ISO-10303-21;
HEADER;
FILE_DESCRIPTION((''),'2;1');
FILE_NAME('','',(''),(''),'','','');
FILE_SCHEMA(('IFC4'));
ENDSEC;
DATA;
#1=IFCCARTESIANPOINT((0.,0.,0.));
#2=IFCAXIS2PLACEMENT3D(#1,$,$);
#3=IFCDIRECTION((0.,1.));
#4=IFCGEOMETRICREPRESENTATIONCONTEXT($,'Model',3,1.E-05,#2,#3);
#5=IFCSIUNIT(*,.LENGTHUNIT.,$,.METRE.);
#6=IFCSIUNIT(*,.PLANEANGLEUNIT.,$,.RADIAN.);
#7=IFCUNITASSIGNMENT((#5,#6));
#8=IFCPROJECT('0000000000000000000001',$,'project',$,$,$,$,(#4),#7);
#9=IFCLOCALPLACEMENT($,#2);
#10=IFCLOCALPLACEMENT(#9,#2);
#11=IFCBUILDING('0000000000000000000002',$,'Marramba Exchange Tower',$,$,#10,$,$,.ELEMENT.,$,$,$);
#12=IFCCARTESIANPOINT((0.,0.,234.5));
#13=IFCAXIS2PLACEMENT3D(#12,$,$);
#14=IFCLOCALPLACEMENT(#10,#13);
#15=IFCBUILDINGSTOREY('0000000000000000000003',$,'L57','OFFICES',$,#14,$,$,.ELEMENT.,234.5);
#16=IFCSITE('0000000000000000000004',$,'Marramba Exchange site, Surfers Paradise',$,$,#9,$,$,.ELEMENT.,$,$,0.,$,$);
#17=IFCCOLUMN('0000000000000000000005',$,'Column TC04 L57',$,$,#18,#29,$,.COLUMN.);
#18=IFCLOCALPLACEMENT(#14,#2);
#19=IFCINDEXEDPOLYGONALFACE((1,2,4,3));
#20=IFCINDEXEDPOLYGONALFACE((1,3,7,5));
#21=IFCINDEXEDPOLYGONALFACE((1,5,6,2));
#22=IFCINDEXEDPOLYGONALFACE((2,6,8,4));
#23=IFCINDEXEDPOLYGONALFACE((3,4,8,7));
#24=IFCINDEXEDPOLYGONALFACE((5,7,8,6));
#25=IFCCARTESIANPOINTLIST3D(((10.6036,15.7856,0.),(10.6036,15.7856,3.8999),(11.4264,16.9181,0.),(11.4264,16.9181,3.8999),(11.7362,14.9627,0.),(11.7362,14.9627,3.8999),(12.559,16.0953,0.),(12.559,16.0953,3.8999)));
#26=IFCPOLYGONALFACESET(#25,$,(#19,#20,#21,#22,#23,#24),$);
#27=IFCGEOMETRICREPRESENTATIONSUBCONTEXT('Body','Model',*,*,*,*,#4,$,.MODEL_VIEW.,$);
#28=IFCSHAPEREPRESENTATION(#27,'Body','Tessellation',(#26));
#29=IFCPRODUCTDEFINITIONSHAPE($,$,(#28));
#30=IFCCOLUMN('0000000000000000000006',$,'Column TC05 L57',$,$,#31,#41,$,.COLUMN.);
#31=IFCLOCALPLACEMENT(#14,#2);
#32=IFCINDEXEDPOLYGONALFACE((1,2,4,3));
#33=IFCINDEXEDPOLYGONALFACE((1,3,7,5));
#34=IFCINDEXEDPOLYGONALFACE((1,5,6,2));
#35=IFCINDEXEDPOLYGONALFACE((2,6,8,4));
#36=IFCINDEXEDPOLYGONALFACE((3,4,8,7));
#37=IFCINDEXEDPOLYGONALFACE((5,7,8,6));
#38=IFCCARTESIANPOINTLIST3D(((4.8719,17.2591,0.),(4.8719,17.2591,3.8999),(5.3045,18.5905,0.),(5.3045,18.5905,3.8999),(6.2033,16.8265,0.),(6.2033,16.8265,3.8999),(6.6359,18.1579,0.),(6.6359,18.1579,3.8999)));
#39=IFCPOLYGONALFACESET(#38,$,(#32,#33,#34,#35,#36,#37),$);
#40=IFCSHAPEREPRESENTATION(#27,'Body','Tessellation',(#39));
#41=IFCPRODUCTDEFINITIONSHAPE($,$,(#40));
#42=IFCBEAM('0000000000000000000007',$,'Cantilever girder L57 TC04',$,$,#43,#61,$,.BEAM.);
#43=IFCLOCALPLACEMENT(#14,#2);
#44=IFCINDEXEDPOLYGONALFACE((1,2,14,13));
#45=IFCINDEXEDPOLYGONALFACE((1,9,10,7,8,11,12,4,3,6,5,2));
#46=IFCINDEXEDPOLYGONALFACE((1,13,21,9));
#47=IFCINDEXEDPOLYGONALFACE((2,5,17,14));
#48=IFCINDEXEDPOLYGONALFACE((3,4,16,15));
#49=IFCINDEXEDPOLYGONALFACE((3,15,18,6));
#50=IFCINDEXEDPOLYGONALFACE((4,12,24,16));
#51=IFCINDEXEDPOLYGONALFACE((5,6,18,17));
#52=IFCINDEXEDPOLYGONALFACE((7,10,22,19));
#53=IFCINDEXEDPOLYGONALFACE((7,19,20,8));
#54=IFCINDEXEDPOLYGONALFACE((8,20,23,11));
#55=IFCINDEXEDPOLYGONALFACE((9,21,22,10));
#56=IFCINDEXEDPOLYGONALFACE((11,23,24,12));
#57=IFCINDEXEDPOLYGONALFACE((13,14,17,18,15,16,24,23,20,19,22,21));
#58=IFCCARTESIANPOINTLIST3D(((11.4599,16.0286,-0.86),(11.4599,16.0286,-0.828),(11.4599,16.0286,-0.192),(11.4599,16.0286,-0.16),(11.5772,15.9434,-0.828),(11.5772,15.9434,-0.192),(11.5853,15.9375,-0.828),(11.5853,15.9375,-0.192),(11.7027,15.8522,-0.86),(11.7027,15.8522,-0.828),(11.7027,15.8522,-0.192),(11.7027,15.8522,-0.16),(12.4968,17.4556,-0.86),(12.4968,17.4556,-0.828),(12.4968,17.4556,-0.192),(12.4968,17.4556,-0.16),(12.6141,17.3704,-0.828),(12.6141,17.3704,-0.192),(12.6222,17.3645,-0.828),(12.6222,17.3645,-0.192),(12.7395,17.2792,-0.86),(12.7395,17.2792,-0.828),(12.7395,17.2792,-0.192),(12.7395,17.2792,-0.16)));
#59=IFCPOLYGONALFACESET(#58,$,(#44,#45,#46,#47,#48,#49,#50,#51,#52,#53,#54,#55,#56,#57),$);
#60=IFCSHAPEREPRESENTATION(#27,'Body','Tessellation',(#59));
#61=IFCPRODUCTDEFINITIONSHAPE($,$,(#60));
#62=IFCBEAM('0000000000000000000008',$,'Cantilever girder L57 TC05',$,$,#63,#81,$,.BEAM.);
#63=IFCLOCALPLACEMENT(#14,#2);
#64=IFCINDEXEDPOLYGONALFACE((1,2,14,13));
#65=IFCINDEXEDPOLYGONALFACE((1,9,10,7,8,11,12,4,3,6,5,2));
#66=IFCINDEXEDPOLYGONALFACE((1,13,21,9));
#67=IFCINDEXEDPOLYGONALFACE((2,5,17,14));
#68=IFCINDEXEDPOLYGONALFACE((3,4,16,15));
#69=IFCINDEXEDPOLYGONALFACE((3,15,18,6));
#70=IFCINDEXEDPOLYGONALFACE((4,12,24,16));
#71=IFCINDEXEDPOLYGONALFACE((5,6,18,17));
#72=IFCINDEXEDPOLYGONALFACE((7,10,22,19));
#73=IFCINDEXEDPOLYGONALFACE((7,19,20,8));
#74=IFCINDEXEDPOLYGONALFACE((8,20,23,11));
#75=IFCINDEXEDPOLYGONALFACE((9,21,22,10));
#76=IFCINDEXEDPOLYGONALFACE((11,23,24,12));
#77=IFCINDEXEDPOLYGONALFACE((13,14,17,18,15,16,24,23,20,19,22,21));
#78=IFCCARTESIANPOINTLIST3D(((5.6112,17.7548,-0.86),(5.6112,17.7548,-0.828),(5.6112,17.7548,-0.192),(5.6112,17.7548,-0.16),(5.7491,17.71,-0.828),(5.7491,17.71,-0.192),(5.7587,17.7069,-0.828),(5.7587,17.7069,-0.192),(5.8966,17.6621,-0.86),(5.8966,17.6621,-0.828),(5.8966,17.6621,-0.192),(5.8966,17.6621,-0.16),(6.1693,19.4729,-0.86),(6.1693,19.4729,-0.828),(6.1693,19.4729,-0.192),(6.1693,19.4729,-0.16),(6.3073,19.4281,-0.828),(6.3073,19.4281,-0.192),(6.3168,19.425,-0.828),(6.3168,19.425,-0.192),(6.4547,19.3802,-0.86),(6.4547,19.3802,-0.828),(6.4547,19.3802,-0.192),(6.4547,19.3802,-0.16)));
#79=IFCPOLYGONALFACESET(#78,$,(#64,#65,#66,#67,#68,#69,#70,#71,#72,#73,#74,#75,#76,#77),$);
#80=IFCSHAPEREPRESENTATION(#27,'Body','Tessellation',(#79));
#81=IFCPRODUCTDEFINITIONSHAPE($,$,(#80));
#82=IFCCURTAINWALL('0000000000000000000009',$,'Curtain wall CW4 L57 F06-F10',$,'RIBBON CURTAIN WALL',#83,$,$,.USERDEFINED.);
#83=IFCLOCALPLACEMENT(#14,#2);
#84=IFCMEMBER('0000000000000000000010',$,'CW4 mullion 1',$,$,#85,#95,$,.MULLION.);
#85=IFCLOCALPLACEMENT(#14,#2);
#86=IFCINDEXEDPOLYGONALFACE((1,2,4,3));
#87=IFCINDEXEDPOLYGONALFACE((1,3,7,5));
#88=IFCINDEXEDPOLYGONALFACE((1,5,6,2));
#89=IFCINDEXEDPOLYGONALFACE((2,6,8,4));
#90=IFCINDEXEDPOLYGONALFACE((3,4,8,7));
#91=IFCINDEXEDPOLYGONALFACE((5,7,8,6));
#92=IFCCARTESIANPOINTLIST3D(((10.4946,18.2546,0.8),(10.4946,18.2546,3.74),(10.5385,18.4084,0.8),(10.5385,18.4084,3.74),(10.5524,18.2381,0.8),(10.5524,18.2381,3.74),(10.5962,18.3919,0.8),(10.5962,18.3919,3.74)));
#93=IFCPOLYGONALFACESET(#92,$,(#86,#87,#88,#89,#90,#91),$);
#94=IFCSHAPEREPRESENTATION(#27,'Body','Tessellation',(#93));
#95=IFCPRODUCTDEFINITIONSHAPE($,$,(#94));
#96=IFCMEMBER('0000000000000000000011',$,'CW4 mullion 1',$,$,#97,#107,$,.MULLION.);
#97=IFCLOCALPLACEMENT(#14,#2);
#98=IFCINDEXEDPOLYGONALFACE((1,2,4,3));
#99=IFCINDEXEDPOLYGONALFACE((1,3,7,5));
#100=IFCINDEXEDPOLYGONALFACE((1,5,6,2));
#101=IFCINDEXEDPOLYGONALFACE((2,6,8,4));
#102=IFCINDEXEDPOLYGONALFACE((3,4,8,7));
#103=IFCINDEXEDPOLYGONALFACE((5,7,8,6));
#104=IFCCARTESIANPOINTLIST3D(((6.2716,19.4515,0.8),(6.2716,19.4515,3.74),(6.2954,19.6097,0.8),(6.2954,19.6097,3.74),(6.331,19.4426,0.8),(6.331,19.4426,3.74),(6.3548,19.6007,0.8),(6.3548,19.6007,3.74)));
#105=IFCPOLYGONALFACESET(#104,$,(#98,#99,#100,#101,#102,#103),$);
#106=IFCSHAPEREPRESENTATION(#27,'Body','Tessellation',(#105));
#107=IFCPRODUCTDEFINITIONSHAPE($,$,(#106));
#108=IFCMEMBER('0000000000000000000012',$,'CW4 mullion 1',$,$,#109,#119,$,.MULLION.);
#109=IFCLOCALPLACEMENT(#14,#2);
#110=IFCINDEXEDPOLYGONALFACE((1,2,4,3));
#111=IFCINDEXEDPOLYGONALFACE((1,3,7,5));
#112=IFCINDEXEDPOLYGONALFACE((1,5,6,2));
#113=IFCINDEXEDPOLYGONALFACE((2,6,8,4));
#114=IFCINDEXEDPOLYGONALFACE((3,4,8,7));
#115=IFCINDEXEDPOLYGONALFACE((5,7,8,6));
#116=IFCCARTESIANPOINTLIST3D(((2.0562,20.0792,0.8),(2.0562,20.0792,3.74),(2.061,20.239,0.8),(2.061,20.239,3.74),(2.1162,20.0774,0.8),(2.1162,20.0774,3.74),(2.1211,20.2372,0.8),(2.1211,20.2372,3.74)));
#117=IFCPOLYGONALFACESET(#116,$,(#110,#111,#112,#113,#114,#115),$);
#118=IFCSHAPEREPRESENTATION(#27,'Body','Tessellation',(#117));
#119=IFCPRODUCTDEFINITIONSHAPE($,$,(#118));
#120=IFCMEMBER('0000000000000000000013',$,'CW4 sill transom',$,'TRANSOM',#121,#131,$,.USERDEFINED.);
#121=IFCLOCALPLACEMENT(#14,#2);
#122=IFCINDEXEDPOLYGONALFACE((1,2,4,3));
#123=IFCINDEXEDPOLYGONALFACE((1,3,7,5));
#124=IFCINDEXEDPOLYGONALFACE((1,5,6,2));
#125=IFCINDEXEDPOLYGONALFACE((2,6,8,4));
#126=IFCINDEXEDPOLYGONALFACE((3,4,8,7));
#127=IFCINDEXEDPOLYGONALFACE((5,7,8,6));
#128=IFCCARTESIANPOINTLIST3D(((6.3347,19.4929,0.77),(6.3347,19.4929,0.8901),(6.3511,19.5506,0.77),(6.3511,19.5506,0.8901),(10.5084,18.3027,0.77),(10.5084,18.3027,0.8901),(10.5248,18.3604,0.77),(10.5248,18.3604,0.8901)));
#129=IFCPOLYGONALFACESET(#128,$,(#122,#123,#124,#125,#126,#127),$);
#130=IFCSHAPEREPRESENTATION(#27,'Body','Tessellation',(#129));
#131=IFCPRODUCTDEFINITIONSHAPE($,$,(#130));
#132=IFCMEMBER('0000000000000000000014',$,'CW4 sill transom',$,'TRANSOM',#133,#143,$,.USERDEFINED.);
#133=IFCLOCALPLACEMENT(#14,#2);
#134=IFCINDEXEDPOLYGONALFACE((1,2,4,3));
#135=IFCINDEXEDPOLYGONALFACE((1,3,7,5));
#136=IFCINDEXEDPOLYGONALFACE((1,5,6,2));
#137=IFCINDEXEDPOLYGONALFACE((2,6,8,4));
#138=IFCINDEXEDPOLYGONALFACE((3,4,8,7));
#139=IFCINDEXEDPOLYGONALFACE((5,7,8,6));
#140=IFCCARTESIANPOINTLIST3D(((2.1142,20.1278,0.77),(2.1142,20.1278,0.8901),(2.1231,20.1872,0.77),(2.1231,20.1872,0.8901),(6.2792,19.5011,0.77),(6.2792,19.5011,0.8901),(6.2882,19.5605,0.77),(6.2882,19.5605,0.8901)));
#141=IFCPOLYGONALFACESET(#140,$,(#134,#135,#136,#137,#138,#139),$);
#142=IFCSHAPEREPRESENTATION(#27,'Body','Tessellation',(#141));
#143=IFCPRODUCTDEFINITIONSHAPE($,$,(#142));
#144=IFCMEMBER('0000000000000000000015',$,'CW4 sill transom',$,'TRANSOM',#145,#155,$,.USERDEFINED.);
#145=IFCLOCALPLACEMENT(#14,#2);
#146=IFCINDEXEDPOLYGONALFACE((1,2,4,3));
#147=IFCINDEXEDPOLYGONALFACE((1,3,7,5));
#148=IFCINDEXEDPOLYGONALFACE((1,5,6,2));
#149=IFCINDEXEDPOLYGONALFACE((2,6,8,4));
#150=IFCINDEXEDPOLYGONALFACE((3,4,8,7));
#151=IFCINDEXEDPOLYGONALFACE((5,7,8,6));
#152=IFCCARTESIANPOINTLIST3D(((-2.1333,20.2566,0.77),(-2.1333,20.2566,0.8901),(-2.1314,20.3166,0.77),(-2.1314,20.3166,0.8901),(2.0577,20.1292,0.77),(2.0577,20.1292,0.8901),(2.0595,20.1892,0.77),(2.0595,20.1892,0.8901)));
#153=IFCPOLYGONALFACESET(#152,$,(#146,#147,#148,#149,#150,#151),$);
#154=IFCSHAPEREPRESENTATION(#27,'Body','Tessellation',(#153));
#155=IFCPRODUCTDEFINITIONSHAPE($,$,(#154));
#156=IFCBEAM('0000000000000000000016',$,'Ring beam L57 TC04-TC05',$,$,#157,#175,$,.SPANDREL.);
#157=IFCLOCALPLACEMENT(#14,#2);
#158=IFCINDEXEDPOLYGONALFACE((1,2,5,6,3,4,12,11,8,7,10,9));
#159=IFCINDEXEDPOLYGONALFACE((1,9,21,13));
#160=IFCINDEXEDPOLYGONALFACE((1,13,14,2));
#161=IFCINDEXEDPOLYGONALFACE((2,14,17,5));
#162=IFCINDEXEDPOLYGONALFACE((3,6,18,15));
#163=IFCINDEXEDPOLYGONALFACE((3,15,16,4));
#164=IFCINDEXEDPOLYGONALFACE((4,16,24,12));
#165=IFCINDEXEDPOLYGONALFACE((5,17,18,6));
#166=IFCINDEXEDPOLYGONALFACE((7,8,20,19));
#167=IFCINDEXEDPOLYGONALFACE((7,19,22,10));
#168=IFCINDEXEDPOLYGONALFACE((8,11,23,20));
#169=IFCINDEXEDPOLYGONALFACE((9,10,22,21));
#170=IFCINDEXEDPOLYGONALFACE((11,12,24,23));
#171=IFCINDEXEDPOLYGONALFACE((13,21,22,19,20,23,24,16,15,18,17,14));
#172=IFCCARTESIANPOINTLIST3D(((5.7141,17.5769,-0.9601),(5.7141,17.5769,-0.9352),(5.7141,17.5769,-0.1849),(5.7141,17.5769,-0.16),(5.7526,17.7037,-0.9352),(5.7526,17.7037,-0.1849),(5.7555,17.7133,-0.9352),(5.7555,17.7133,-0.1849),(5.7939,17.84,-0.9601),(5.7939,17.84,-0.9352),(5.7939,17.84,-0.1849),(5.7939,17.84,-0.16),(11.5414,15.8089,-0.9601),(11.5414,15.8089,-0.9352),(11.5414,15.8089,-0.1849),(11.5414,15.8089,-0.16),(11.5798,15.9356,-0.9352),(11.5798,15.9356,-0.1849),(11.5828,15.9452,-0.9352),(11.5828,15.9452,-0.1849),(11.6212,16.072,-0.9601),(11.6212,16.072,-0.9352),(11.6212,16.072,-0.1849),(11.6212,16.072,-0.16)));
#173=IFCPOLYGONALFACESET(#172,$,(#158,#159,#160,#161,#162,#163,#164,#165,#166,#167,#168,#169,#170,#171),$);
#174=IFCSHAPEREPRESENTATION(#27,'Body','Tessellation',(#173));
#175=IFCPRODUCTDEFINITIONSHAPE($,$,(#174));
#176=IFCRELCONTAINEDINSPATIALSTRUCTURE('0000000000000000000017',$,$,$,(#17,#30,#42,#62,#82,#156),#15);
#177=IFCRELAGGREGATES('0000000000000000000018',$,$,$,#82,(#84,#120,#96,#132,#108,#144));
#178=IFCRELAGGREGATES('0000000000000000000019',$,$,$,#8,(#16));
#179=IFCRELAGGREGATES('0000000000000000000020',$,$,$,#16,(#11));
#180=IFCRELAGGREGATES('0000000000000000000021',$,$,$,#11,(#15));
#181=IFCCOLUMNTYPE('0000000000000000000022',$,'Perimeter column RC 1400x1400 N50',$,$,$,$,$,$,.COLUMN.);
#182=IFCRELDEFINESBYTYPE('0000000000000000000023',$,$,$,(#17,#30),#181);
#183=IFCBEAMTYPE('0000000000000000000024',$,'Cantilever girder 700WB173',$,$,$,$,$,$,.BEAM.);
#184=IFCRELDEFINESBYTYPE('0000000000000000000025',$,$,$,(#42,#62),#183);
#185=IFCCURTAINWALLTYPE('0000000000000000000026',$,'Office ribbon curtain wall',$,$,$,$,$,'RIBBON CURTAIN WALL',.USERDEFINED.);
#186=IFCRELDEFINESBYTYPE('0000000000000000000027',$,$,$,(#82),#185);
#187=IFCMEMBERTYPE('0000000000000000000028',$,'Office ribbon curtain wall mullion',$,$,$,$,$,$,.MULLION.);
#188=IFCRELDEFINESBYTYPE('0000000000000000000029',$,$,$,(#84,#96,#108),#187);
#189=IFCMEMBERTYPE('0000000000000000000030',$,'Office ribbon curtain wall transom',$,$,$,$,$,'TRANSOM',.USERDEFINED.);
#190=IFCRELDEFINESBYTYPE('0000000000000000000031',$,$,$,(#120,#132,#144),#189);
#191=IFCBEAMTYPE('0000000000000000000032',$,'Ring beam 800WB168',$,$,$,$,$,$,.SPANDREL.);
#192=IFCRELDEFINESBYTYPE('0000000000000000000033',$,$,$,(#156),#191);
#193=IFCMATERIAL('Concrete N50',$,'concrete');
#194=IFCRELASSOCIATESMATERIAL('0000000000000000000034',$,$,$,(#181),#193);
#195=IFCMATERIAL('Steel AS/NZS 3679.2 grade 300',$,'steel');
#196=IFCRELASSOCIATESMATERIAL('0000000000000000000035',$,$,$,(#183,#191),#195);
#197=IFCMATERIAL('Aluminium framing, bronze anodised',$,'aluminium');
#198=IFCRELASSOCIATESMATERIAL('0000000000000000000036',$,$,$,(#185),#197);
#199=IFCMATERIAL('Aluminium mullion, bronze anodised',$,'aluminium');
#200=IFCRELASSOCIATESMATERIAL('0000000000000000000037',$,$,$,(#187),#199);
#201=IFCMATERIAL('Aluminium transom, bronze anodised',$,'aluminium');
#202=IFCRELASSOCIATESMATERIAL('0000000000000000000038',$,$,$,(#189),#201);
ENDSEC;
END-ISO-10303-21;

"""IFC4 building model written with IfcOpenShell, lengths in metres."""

from ifc_helpers import new_model, si_unit, direction, frame, origin, origin_2d, place, context, subcontext, project, spatial, rectangle, i_section, extrude, material, material_profile, profile_set, type_object, element, aggregate, save


model = new_model("IFC4")

# Units and contexts
model_context = context("Model", 3, precision=1e-05, world=origin(), true_north=direction((0.0, 1.0)))
body_context = subcontext(model_context, "Body", "Model", "MODEL_VIEW")
ifc_project = project(units=[si_unit("LENGTHUNIT", "METRE"), si_unit("PLANEANGLEUNIT", "RADIAN")], contexts=[model_context])

# Site, building, storey
site_placement = place(None, origin())
site = spatial("IfcSite", under=ifc_project, at=site_placement, Name="Marramba Exchange site, Surfers Paradise", CompositionType="ELEMENT", RefElevation=0.0)
building_placement = place(site_placement, origin())
building = spatial("IfcBuilding", under=site, at=building_placement, Name="Marramba Exchange Tower", CompositionType="ELEMENT")
storey_placement = place(building_placement, frame((0.0, 0.0, 234.5)))
storey = spatial("IfcBuildingStorey", under=building, at=storey_placement, Name="L57", Description="OFFICES", CompositionType="ELEMENT", Elevation=234.5)

# Columns
ifc_material_1 = material(Name="Concrete N50", Category="concrete")
ifc_material_profile_1 = material_profile(ifc_material_1, rectangle(XDim=1.3999, YDim=1.3999, at=origin_2d()), Name="RC 1400x1400")
ifc_profile_set_1 = profile_set([ifc_material_profile_1], Name="Concrete N50")
column_type = type_object("IfcColumnType", Name="Perimeter column RC 1400x1400 N50", PredefinedType="COLUMN", material=ifc_profile_set_1)
for number, where, z_axis, x_axis, name in (
    (1, (11.5813, 15.9404, 0.0), (0.0, 0.0, 1.0), (0.587785, 0.809017, 0.0), "Column TC04 L57"),
    (2, (5.7539, 17.7085, 0.0), (0.0, 0.0, 1.0), (0.309017, 0.951057, 0.0), "Column TC05 L57"),
):
    element("IfcColumn", number, at=place(storey_placement, frame(where, z_axis=z_axis, x_axis=x_axis)), inside=storey, type_object=column_type, Name=name, PredefinedType="COLUMN", context=body_context, shape_type="SweptSolid", body=[
        extrude(rectangle(XDim=1.3999, YDim=1.3999, at=origin_2d()), origin(), (0.0, 0.0, 1.0), 3.8999),
    ])

# Beams
ifc_material_2 = material(Name="Steel AS/NZS 3679.2 grade 300", Category="steel")
ifc_material_profile_2 = material_profile(ifc_material_2, i_section(OverallWidth=0.3, OverallDepth=0.7, WebThickness=0.01, FlangeThickness=0.032, at=origin_2d()), Name="700WB173")
ifc_profile_set_2 = profile_set([ifc_material_profile_2], Name="Steel AS/NZS 3679.2 grade 300")
beam_type_1 = type_object("IfcBeamType", Name="Cantilever girder 700WB173", PredefinedType="BEAM", material=ifc_profile_set_2)
beam_1_placement = place(storey_placement, frame((11.5813, 15.9404, -0.51), z_axis=(0.587818, 0.808993, 0.0), x_axis=(-0.808993, 0.587818, 0.0)))
element("IfcBeam", 3, at=beam_1_placement, inside=storey, type_object=beam_type_1, Name="Cantilever girder L57 TC04", PredefinedType="BEAM", context=body_context, shape_type="SweptSolid", body=[
    extrude(i_section(OverallWidth=0.3, OverallDepth=0.7, WebThickness=0.01, FlangeThickness=0.032, at=origin_2d()), origin(), (0.0, 0.0, 1.0), 1.7639),
])
beam_2_placement = place(storey_placement, frame((5.7539, 17.7085, -0.51), z_axis=(0.308961, 0.951075, 0.0), x_axis=(-0.951075, 0.308961, 0.0)))
element("IfcBeam", 4, at=beam_2_placement, inside=storey, type_object=beam_type_1, Name="Cantilever girder L57 TC05", PredefinedType="BEAM", context=body_context, shape_type="SweptSolid", body=[
    extrude(i_section(OverallWidth=0.3, OverallDepth=0.7, WebThickness=0.01, FlangeThickness=0.032, at=origin_2d()), origin(), (0.0, 0.0, 1.0), 1.8064),
])

# Curtain wall, members
ifc_material_3 = material(Name="Aluminium framing, bronze anodised", Category="aluminium")
curtain_wall_type = type_object("IfcCurtainWallType", Name="Office ribbon curtain wall", ElementType="RIBBON CURTAIN WALL", PredefinedType="USERDEFINED", material=ifc_material_3)
curtain_wall_1_placement = place(storey_placement, origin())
curtain_wall_1 = element("IfcCurtainWall", 5, at=curtain_wall_1_placement, inside=storey, type_object=curtain_wall_type, Name="Curtain wall CW4 L57 F06-F10", ObjectType="RIBBON CURTAIN WALL", PredefinedType="USERDEFINED")
ifc_material_4 = material(Name="Aluminium mullion, bronze anodised", Category="aluminium")
ifc_material_profile_3 = material_profile(ifc_material_4, rectangle(XDim=0.1599, YDim=0.0601, at=origin_2d()), Name="CW4 mullion 60x160")
ifc_profile_set_3 = profile_set([ifc_material_profile_3], Name="Aluminium mullion, bronze anodised")
member_type_1 = type_object("IfcMemberType", Name="Office ribbon curtain wall mullion", PredefinedType="MULLION", material=ifc_profile_set_3)
member_1_placement = place(storey_placement, frame((10.5454, 18.3232, 0.8), z_axis=(0.0, 0.0, 1.0), x_axis=(-0.274248, -0.961659, 0.0)))
member_1 = element("IfcMember", 6, at=member_1_placement, type_object=member_type_1, Name="CW4 mullion 1", PredefinedType="MULLION", context=body_context, shape_type="SweptSolid", body=[
    extrude(rectangle(XDim=0.1599, YDim=0.0601, at=origin_2d()), origin(), (0.0, 0.0, 1.0), 2.9399),
])
member_2_placement = place(storey_placement, frame((6.3132, 19.5261, 0.8), z_axis=(0.0, 0.0, 1.0), x_axis=(-0.148795, -0.988868, 0.0)))
member_2 = element("IfcMember", 7, at=member_2_placement, type_object=member_type_1, Name="CW4 mullion 1", PredefinedType="MULLION", context=body_context, shape_type="SweptSolid", body=[
    extrude(rectangle(XDim=0.1599, YDim=0.0601, at=origin_2d()), origin(), (0.0, 0.0, 1.0), 2.9399),
])
member_3_placement = place(storey_placement, frame((2.0886, 20.1582, 0.8), z_axis=(0.0, 0.0, 1.0), x_axis=(-0.030394, -0.999538, 0.0)))
member_3 = element("IfcMember", 8, at=member_3_placement, type_object=member_type_1, Name="CW4 mullion 1", PredefinedType="MULLION", context=body_context, shape_type="SweptSolid", body=[
    extrude(rectangle(XDim=0.1599, YDim=0.0601, at=origin_2d()), origin(), (0.0, 0.0, 1.0), 2.9399),
])
ifc_material_5 = material(Name="Aluminium transom, bronze anodised", Category="aluminium")
ifc_material_profile_4 = material_profile(ifc_material_5, rectangle(XDim=0.0601, YDim=0.1201, at=origin_2d()), Name="CW4 transom 60x120")
ifc_profile_set_4 = profile_set([ifc_material_profile_4], Name="Aluminium transom, bronze anodised")
member_type_2 = type_object("IfcMemberType", Name="Office ribbon curtain wall transom", ElementType="TRANSOM", PredefinedType="USERDEFINED", material=ifc_profile_set_4)
member_4_placement = place(storey_placement, frame((10.5166, 18.3315, 0.8301), z_axis=(-0.961662, 0.274238, 0.0), x_axis=(-0.274238, -0.961662, 0.0)))
member_4 = element("IfcMember", 9, at=member_4_placement, type_object=member_type_2, Name="CW4 sill transom", ObjectType="TRANSOM", PredefinedType="USERDEFINED", context=body_context, shape_type="SweptSolid", body=[
    extrude(rectangle(XDim=0.0601, YDim=0.1201, at=origin_2d()), origin(), (0.0, 0.0, 1.0), 4.3401),
])
member_5_placement = place(storey_placement, frame((6.2837, 19.5308, 0.8301), z_axis=(-0.988868, 0.148794, 0.0), x_axis=(-0.148794, -0.988868, 0.0)))
member_5 = element("IfcMember", 10, at=member_5_placement, type_object=member_type_2, Name="CW4 sill transom", ObjectType="TRANSOM", PredefinedType="USERDEFINED", context=body_context, shape_type="SweptSolid", body=[
    extrude(rectangle(XDim=0.0601, YDim=0.1201, at=origin_2d()), origin(), (0.0, 0.0, 1.0), 4.2119),
])
member_6_placement = place(storey_placement, frame((2.0586, 20.1592, 0.8301), z_axis=(-0.999538, 0.030395, 0.0), x_axis=(-0.030395, -0.999538, 0.0)))
member_6 = element("IfcMember", 11, at=member_6_placement, type_object=member_type_2, Name="CW4 sill transom", ObjectType="TRANSOM", PredefinedType="USERDEFINED", context=body_context, shape_type="SweptSolid", body=[
    extrude(rectangle(XDim=0.0601, YDim=0.1201, at=origin_2d()), origin(), (0.0, 0.0, 1.0), 4.1929),
])

# Beam
ifc_material_profile_5 = material_profile(ifc_material_2, i_section(OverallWidth=0.2749, OverallDepth=0.8, WebThickness=0.01, FlangeThickness=0.0249, at=origin_2d()), Name="800WB168")
ifc_profile_set_5 = profile_set([ifc_material_profile_5], Name="Steel AS/NZS 3679.2 grade 300")
beam_type_2 = type_object("IfcBeamType", Name="Ring beam 800WB168", PredefinedType="SPANDREL", material=ifc_profile_set_5)
beam_3_placement = place(storey_placement, frame((11.5813, 15.9404, -0.5601), z_axis=(-0.956925, 0.290337, 0.0), x_axis=(-0.290337, -0.956925, 0.0)))
element("IfcBeam", 12, at=beam_3_placement, inside=storey, type_object=beam_type_2, Name="Ring beam L57 TC04-TC05", PredefinedType="SPANDREL", context=body_context, shape_type="SweptSolid", body=[
    extrude(i_section(OverallWidth=0.2749, OverallDepth=0.8, WebThickness=0.01, FlangeThickness=0.0249, at=origin_2d()), origin(), (0.0, 0.0, 1.0), 6.0896),
])

aggregate(curtain_wall_1, [member_1, member_4, member_2, member_5, member_3, member_6])

save(model, "model.ifc")
